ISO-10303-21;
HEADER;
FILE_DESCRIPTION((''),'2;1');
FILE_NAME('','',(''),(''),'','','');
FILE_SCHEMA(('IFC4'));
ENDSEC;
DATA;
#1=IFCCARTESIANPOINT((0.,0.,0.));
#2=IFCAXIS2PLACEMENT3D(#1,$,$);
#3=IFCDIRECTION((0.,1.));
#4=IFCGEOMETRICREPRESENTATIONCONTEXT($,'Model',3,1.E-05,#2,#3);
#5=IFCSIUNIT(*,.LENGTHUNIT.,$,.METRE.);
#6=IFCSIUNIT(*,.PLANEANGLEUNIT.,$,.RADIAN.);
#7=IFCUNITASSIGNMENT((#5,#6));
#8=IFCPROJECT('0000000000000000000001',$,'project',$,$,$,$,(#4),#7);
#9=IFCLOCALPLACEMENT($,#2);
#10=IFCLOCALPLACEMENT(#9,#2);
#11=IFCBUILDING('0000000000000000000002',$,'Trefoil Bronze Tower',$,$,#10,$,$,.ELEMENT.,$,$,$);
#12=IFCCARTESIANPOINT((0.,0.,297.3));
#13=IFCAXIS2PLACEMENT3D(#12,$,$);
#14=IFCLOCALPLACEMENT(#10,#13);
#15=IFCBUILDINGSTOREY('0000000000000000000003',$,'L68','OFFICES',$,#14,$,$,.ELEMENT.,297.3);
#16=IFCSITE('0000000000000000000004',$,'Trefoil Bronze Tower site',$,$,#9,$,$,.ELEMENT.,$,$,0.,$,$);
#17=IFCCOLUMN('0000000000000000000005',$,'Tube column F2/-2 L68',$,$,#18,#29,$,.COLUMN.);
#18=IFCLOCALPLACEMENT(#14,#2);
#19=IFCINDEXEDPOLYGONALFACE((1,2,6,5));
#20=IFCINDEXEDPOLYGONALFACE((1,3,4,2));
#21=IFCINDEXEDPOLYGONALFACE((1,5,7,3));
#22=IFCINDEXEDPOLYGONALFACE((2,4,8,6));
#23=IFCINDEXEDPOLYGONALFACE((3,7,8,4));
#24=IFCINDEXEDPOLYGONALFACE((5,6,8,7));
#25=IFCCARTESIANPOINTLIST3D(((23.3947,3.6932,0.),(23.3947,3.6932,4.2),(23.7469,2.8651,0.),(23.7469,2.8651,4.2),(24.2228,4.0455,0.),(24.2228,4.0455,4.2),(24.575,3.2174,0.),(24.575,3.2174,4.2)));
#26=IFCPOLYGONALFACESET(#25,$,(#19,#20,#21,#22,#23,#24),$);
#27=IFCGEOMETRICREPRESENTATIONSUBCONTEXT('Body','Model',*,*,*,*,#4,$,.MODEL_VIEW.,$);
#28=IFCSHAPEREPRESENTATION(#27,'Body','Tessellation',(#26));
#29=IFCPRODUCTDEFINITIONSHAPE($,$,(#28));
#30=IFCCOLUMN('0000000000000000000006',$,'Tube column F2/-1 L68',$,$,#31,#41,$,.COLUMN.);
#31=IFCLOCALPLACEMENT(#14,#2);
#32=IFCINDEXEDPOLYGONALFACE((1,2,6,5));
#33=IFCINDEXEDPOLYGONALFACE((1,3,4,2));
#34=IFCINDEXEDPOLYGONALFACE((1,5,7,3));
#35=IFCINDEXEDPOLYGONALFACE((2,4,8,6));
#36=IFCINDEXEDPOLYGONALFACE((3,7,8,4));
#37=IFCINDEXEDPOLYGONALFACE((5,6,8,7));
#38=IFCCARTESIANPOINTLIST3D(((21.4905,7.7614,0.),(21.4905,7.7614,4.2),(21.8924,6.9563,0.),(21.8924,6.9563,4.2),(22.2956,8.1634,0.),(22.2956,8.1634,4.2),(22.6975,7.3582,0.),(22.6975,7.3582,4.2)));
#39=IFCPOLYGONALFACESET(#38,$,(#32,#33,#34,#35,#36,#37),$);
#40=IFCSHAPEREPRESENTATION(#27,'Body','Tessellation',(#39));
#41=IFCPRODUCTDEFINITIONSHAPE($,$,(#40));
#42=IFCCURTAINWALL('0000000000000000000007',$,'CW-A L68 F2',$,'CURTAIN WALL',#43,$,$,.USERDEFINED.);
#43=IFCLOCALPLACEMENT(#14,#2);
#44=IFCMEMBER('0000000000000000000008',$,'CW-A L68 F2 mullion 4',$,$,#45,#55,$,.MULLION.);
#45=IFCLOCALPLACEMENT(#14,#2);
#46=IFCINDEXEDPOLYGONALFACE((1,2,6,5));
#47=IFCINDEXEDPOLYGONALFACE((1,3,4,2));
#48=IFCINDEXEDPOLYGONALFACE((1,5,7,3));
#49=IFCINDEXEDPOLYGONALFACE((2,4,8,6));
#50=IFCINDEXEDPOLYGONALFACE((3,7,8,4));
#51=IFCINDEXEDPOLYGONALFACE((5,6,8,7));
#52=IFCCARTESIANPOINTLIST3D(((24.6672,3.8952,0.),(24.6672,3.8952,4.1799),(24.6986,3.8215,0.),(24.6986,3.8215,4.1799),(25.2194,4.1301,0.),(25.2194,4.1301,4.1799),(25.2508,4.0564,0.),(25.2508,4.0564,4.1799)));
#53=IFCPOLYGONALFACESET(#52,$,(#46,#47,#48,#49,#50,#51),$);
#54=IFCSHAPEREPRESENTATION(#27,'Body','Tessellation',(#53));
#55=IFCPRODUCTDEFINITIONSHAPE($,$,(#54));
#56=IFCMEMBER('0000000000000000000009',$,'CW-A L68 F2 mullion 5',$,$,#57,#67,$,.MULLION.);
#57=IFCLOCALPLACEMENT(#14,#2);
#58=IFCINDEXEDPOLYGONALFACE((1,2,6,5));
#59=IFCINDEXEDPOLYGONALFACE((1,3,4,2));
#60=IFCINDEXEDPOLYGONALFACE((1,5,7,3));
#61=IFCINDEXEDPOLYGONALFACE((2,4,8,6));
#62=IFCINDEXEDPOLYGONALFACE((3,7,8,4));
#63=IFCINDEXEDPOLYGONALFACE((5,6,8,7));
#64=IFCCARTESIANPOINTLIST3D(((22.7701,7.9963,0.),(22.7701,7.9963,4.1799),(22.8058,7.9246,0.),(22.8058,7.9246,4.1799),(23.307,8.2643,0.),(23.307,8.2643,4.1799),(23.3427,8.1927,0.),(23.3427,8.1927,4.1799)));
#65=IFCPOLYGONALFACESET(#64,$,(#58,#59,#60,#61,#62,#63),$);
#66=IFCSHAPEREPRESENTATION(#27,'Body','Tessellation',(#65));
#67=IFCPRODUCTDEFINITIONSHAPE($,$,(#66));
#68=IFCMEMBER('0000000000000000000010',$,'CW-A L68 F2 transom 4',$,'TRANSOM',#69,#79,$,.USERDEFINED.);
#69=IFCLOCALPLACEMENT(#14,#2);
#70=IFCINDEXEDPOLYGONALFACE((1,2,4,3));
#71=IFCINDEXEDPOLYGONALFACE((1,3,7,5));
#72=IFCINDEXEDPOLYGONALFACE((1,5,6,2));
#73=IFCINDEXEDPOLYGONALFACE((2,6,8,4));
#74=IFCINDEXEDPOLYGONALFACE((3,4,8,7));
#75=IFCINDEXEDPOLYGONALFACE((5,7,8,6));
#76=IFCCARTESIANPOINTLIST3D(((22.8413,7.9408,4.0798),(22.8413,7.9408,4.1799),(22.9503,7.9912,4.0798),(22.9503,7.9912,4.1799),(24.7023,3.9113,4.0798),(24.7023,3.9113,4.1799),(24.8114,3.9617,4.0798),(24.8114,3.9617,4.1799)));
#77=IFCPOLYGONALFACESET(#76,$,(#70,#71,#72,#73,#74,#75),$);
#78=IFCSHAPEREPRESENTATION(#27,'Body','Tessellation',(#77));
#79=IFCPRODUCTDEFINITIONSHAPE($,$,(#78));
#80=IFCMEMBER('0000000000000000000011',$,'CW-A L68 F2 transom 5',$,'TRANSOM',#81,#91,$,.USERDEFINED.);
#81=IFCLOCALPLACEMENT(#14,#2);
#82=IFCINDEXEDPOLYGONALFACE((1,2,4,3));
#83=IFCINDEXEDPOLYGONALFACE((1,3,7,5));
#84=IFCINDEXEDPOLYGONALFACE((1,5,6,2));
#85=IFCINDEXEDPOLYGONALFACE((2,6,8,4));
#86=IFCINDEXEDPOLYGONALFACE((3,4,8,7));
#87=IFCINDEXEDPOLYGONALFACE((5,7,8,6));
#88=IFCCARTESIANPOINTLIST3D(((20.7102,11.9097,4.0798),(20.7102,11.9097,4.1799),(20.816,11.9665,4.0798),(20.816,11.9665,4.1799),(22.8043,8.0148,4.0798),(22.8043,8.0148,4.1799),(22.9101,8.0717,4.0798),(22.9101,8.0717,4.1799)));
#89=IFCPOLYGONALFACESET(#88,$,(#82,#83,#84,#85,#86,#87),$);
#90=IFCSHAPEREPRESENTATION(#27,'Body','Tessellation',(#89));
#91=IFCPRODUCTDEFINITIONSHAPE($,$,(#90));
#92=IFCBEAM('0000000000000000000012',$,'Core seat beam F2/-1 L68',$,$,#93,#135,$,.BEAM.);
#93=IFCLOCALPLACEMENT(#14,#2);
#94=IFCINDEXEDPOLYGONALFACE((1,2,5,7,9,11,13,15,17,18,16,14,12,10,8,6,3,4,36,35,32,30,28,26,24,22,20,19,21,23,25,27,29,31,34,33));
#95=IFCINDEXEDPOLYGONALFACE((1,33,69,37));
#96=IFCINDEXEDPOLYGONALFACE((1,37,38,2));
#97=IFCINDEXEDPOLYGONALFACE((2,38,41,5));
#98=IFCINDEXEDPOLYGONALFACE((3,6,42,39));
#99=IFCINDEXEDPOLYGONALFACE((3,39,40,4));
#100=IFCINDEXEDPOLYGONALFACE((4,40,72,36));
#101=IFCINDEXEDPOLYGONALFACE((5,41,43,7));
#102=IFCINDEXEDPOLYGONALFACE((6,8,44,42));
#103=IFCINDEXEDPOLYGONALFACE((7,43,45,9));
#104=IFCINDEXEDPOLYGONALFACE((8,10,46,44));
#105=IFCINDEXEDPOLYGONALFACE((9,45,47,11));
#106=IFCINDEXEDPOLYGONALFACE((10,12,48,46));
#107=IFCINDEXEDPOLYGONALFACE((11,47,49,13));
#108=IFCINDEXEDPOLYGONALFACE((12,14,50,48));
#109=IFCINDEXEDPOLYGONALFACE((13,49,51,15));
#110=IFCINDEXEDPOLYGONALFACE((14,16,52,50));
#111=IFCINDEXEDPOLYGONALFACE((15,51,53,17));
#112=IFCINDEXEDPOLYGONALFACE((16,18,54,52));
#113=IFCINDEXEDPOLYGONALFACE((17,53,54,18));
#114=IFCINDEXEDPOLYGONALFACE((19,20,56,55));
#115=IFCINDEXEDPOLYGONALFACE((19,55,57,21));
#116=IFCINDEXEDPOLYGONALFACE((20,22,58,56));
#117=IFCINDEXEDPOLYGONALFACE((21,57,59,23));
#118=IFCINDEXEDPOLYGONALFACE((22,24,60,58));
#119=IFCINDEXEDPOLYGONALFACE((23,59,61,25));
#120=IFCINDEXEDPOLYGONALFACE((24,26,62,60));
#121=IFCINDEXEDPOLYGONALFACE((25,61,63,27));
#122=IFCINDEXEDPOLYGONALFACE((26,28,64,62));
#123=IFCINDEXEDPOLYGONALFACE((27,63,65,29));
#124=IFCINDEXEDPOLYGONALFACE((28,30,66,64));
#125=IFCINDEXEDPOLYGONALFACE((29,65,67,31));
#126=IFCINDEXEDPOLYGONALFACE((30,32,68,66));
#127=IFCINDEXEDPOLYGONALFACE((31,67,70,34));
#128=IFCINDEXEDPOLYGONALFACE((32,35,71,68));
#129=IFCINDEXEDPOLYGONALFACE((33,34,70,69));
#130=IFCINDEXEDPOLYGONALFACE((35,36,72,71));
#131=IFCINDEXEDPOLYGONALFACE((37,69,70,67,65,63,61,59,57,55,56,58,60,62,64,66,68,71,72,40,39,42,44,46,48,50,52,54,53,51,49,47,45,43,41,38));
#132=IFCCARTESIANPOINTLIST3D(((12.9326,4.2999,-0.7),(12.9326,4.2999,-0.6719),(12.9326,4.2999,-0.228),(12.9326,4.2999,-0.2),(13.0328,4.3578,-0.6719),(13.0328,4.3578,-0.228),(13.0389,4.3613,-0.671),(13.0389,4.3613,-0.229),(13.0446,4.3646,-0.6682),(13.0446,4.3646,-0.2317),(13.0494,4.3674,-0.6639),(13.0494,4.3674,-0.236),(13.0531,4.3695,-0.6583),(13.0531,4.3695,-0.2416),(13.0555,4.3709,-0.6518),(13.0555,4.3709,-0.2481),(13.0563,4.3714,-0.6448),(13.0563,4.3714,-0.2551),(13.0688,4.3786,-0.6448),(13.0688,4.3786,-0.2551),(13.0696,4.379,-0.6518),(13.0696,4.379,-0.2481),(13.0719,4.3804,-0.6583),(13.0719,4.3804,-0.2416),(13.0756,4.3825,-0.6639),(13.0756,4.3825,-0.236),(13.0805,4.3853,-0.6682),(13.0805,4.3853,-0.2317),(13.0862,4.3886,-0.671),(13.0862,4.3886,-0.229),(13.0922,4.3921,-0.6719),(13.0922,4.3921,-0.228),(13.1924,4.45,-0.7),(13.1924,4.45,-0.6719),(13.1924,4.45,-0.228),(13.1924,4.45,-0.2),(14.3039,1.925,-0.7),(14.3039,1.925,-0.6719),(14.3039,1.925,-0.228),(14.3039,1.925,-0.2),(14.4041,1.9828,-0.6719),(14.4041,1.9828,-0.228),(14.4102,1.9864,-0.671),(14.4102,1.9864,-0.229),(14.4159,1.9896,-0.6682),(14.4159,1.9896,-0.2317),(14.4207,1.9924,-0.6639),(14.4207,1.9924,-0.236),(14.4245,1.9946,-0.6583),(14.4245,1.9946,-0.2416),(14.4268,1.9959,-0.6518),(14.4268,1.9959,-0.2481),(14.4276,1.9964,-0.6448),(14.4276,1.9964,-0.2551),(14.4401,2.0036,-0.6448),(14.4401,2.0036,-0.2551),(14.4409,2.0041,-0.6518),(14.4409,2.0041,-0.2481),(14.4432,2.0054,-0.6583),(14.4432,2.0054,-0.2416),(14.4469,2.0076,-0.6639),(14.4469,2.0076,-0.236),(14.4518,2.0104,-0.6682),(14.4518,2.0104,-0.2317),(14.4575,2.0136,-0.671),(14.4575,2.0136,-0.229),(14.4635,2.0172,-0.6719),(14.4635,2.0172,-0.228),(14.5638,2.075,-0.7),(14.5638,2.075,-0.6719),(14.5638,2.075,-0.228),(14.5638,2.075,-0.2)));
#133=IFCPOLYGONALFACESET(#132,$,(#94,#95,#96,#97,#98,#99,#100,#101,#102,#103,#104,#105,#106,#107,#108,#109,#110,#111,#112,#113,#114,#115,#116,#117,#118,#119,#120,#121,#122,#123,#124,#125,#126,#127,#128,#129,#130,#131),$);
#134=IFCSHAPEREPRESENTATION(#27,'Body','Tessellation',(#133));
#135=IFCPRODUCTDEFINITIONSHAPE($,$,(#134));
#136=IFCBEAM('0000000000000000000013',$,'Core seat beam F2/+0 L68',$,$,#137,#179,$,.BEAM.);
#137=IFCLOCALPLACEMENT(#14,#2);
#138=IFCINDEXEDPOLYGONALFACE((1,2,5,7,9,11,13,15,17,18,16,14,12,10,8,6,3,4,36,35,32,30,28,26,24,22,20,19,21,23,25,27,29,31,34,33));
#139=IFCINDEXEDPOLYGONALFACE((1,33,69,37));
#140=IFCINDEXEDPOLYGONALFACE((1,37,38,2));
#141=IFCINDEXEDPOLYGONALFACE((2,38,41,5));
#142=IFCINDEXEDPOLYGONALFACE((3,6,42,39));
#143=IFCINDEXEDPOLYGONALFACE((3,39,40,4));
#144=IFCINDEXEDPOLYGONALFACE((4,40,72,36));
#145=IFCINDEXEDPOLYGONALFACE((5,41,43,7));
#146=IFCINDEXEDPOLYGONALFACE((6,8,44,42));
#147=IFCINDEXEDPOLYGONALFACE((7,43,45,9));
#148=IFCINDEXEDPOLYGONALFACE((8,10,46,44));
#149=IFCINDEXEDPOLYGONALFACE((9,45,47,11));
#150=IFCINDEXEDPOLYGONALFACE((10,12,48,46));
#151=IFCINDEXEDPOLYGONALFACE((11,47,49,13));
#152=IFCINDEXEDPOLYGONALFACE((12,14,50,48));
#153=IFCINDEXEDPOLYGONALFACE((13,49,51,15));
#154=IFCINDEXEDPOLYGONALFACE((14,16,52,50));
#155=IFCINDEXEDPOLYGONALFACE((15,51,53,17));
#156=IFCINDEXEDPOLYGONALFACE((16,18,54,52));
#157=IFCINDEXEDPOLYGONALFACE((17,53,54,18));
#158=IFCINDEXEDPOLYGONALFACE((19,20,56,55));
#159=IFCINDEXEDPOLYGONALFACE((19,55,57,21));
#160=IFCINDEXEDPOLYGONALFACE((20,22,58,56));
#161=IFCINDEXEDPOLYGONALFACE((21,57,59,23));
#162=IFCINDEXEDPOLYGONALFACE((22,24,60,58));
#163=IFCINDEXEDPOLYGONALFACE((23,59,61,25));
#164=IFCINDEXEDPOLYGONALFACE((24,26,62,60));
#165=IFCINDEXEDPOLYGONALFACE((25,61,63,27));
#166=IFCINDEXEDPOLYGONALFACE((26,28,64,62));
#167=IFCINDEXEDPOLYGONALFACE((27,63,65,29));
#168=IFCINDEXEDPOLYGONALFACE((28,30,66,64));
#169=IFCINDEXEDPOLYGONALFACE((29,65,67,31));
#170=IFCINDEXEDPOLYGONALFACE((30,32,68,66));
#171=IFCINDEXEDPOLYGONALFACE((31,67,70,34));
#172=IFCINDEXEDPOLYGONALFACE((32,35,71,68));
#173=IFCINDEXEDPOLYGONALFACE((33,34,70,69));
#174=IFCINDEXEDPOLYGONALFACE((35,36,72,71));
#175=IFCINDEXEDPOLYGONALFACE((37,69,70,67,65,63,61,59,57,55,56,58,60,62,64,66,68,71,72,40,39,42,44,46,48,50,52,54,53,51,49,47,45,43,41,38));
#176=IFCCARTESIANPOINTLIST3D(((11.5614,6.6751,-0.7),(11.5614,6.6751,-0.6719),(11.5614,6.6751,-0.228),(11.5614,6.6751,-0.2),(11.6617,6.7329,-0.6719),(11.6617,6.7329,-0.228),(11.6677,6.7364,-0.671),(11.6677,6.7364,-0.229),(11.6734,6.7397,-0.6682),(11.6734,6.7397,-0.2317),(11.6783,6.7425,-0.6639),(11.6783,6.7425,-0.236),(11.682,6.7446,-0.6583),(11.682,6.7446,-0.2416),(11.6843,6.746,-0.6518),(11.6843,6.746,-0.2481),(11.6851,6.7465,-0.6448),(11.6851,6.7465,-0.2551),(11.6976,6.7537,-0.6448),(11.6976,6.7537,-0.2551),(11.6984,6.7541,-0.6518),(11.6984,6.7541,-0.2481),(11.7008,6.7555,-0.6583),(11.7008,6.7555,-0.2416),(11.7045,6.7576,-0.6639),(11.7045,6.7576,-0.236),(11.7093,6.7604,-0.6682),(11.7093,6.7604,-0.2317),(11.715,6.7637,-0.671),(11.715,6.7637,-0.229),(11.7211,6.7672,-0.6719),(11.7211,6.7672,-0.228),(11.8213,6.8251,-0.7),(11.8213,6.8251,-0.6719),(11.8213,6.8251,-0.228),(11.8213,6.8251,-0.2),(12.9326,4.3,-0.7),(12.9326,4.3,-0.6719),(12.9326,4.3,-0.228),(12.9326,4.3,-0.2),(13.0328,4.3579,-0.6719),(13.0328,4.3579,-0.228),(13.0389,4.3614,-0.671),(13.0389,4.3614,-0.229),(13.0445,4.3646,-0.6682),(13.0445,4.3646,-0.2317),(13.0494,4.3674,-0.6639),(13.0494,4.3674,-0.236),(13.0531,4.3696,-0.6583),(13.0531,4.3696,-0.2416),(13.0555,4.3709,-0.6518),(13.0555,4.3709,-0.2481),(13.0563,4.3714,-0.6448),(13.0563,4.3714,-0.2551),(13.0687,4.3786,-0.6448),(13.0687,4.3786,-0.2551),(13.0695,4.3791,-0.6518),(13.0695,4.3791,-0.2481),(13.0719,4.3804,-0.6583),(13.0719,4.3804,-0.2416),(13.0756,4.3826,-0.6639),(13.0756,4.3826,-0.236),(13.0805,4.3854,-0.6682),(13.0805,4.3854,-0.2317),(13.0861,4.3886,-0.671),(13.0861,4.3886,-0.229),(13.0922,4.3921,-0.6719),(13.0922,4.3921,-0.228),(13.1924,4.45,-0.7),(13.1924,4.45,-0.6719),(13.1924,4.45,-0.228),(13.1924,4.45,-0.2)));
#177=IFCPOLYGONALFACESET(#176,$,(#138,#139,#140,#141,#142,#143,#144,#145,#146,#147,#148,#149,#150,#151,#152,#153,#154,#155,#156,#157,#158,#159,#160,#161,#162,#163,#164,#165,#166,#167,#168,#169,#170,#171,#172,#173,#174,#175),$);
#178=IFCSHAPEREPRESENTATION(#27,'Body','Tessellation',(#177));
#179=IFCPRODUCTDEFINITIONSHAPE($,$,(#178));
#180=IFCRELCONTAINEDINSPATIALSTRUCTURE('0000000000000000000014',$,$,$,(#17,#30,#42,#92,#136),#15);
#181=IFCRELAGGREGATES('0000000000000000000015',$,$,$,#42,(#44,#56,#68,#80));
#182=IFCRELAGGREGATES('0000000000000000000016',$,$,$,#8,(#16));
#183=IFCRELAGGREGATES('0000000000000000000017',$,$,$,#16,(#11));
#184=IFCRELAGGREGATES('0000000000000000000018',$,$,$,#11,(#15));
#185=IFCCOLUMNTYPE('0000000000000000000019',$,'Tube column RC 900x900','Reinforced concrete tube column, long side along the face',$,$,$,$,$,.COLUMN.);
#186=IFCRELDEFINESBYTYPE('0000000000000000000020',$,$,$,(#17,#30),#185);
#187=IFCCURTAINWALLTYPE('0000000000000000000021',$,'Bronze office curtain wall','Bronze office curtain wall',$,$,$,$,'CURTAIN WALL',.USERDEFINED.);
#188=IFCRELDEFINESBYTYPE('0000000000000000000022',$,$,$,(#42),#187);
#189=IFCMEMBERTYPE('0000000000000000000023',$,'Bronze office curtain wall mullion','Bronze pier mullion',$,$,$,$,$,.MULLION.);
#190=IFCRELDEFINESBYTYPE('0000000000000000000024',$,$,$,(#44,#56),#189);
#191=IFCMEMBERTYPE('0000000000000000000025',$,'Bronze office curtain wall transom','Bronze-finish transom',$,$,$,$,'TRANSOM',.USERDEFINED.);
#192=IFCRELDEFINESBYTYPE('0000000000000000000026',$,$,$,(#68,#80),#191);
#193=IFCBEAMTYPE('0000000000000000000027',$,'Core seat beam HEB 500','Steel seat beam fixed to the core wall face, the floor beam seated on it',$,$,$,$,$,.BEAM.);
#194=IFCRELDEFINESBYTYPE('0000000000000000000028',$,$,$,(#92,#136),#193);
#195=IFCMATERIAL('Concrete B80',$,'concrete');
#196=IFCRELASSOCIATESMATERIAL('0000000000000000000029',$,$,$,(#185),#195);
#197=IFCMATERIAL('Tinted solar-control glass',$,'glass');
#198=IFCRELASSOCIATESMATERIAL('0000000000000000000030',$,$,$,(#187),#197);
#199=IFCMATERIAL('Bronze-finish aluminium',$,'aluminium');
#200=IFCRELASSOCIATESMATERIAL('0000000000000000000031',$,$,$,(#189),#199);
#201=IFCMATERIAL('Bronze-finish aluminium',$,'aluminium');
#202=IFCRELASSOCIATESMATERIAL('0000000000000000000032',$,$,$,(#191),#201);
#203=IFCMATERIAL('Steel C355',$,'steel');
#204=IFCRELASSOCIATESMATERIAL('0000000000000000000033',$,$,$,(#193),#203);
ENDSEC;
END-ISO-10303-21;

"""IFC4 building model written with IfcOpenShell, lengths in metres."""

from ifc_helpers import new_model, si_unit, direction, frame, origin, origin_2d, place, context, subcontext, project, spatial, rectangle, i_section, extrude, material, material_profile, profile_set, type_object, element, aggregate, save


model = new_model("IFC4")

# Units and contexts
model_context = context("Model", 3, precision=1e-05, world=origin(), true_north=direction((0.0, 1.0)))
body_context = subcontext(model_context, "Body", "Model", "MODEL_VIEW")
ifc_project = project(units=[si_unit("LENGTHUNIT", "METRE"), si_unit("PLANEANGLEUNIT", "RADIAN")], contexts=[model_context])

# Site, building, storey
site_placement = place(None, origin())
site = spatial("IfcSite", under=ifc_project, at=site_placement, Name="Trefoil Bronze Tower site", CompositionType="ELEMENT", RefElevation=0.0)
building_placement = place(site_placement, origin())
building = spatial("IfcBuilding", under=site, at=building_placement, Name="Trefoil Bronze Tower", CompositionType="ELEMENT")
storey_placement = place(building_placement, frame((0.0, 0.0, 297.3)))
storey = spatial("IfcBuildingStorey", under=building, at=storey_placement, Name="L68", Description="OFFICES", CompositionType="ELEMENT", Elevation=297.3)

# Columns
ifc_material_1 = material(Name="Concrete B80", Category="concrete")
ifc_material_profile_1 = material_profile(ifc_material_1, rectangle(XDim=0.8999, YDim=0.8999, at=origin_2d()), Name="RC 900x900")
ifc_profile_set_1 = profile_set([ifc_material_profile_1], Name="Concrete B80")
column_type = type_object("IfcColumnType", Name="Tube column RC 900x900", Description="Reinforced concrete tube column, long side along the face", PredefinedType="COLUMN", material=ifc_profile_set_1)
for number, where, z_axis, x_axis, name in (
    (1, (23.9849, 3.4553, 0.0), (0.0, 0.0, 1.0), (-0.391436, 0.920205, 0.0), "Tube column F2/-2 L68"),
    (2, (22.094, 7.5598, 0.0), (0.0, 0.0, 1.0), (-0.446641, 0.894713, 0.0), "Tube column F2/-1 L68"),
):
    element("IfcColumn", number, at=place(storey_placement, frame(where, z_axis=z_axis, x_axis=x_axis)), inside=storey, type_object=column_type, Name=name, PredefinedType="COLUMN", context=body_context, shape_type="SweptSolid", body=[
        extrude(rectangle(XDim=0.8999, YDim=0.8999, at=origin_2d()), origin(), (0.0, 0.0, 1.0), 4.2),
    ])

# Curtain wall, members
ifc_material_2 = material(Name="Tinted solar-control glass", Category="glass")
curtain_wall_type = type_object("IfcCurtainWallType", Name="Bronze office curtain wall", Description="Bronze office curtain wall", ElementType="CURTAIN WALL", PredefinedType="USERDEFINED", material=ifc_material_2)
curtain_wall_placement = place(storey_placement, origin())
curtain_wall = element("IfcCurtainWall", 3, at=curtain_wall_placement, inside=storey, type_object=curtain_wall_type, Name="CW-A L68 F2", ObjectType="CURTAIN WALL", PredefinedType="USERDEFINED")
ifc_material_3 = material(Name="Bronze-finish aluminium", Category="aluminium")
ifc_material_profile_2 = material_profile(ifc_material_3, rectangle(XDim=0.6001, YDim=0.0801, at=origin_2d()), Name="CW-A mullion")
ifc_profile_set_2 = profile_set([ifc_material_profile_2], Name="Bronze-finish aluminium")
member_type_1 = type_object("IfcMemberType", Name="Bronze office curtain wall mullion", Description="Bronze pier mullion", PredefinedType="MULLION", material=ifc_profile_set_2)
member_1_placement = place(storey_placement, frame((24.959, 3.9758, 0.0), z_axis=(0.0, 0.0, 1.0), x_axis=(-0.920205, -0.391436, 0.0)))
member_1 = element("IfcMember", 4, at=member_1_placement, type_object=member_type_1, Name="CW-A L68 F2 mullion 4", PredefinedType="MULLION", context=body_context, shape_type="SweptSolid", body=[
    extrude(rectangle(XDim=0.6001, YDim=0.0801, at=origin_2d()), origin(), (0.0, 0.0, 1.0), 4.1799),
])
member_2_placement = place(storey_placement, frame((23.0564, 8.0945, 0.0), z_axis=(0.0, 0.0, 1.0), x_axis=(-0.894713, -0.446641, 0.0)))
member_2 = element("IfcMember", 5, at=member_2_placement, type_object=member_type_1, Name="CW-A L68 F2 mullion 5", PredefinedType="MULLION", context=body_context, shape_type="SweptSolid", body=[
    extrude(rectangle(XDim=0.6001, YDim=0.0801, at=origin_2d()), origin(), (0.0, 0.0, 1.0), 4.1799),
])
ifc_material_4 = material(Name="Bronze-finish aluminium", Category="aluminium")
ifc_material_profile_3 = material_profile(ifc_material_4, rectangle(XDim=0.1201, YDim=0.1001, at=origin_2d()), Name="CW-A transom")
ifc_profile_set_3 = profile_set([ifc_material_profile_3], Name="Bronze-finish aluminium")
member_type_2 = type_object("IfcMemberType", Name="Bronze office curtain wall transom", Description="Bronze-finish transom", ElementType="TRANSOM", PredefinedType="USERDEFINED", material=ifc_profile_set_3)
member_3_placement = place(storey_placement, frame((24.7568, 3.9365, 4.1299), z_axis=(-0.419299, 0.907848, 0.0), x_axis=(-0.907848, -0.419299, 0.0)))
member_3 = element("IfcMember", 6, at=member_3_placement, type_object=member_type_2, Name="CW-A L68 F2 transom 4", ObjectType="TRANSOM", PredefinedType="USERDEFINED", context=body_context, shape_type="SweptSolid", body=[
    extrude(rectangle(XDim=0.1201, YDim=0.1001, at=origin_2d()), origin(), (0.0, 0.0, 1.0), 4.4385),
])
member_4_placement = place(storey_placement, frame((22.8572, 8.0432, 4.1299), z_axis=(-0.47354, 0.880772, 0.0), x_axis=(-0.880772, -0.47354, 0.0)))
member_4 = element("IfcMember", 7, at=member_4_placement, type_object=member_type_2, Name="CW-A L68 F2 transom 5", ObjectType="TRANSOM", PredefinedType="USERDEFINED", context=body_context, shape_type="SweptSolid", body=[
    extrude(rectangle(XDim=0.1201, YDim=0.1001, at=origin_2d()), origin(), (0.0, 0.0, 1.0), 4.4221),
])

# Beams
ifc_material_5 = material(Name="Steel C355", Category="steel")
ifc_material_profile_4 = material_profile(ifc_material_5, i_section(OverallWidth=0.3, OverallDepth=0.5, WebThickness=0.0144, FlangeThickness=0.0281, FilletRadius=0.0271, at=origin_2d()), Name="HEB 500")
ifc_profile_set_4 = profile_set([ifc_material_profile_4], Name="Steel C355")
beam_type_1 = type_object("IfcBeamType", Name="Core seat beam HEB 500", Description="Steel seat beam fixed to the core wall face, the floor beam seated on it", PredefinedType="BEAM", material=ifc_profile_set_4)
for number, where, z_axis, x_axis, name in (
    (8, (14.4338, 2.0, -0.45), (-0.500036, 0.866005, 0.0), (-0.866005, -0.500036, 0.0), "Core seat beam F2/-1 L68"),
    (9, (13.0625, 4.375, -0.45), (-0.499969, 0.866043, 0.0), (-0.866043, -0.499969, 0.0), "Core seat beam F2/+0 L68"),
):
    element("IfcBeam", number, at=place(storey_placement, frame(where, z_axis=z_axis, x_axis=x_axis)), inside=storey, type_object=beam_type_1, Name=name, PredefinedType="BEAM", context=body_context, shape_type="SweptSolid", body=[
        extrude(i_section(OverallWidth=0.3, OverallDepth=0.5, WebThickness=0.0144, FlangeThickness=0.0281, FilletRadius=0.0271, at=origin_2d()), origin(), (0.0, 0.0, 1.0), 2.7424),
    ])

aggregate(curtain_wall, [member_1, member_2, member_3, member_4])

save(model, "model.ifc")
